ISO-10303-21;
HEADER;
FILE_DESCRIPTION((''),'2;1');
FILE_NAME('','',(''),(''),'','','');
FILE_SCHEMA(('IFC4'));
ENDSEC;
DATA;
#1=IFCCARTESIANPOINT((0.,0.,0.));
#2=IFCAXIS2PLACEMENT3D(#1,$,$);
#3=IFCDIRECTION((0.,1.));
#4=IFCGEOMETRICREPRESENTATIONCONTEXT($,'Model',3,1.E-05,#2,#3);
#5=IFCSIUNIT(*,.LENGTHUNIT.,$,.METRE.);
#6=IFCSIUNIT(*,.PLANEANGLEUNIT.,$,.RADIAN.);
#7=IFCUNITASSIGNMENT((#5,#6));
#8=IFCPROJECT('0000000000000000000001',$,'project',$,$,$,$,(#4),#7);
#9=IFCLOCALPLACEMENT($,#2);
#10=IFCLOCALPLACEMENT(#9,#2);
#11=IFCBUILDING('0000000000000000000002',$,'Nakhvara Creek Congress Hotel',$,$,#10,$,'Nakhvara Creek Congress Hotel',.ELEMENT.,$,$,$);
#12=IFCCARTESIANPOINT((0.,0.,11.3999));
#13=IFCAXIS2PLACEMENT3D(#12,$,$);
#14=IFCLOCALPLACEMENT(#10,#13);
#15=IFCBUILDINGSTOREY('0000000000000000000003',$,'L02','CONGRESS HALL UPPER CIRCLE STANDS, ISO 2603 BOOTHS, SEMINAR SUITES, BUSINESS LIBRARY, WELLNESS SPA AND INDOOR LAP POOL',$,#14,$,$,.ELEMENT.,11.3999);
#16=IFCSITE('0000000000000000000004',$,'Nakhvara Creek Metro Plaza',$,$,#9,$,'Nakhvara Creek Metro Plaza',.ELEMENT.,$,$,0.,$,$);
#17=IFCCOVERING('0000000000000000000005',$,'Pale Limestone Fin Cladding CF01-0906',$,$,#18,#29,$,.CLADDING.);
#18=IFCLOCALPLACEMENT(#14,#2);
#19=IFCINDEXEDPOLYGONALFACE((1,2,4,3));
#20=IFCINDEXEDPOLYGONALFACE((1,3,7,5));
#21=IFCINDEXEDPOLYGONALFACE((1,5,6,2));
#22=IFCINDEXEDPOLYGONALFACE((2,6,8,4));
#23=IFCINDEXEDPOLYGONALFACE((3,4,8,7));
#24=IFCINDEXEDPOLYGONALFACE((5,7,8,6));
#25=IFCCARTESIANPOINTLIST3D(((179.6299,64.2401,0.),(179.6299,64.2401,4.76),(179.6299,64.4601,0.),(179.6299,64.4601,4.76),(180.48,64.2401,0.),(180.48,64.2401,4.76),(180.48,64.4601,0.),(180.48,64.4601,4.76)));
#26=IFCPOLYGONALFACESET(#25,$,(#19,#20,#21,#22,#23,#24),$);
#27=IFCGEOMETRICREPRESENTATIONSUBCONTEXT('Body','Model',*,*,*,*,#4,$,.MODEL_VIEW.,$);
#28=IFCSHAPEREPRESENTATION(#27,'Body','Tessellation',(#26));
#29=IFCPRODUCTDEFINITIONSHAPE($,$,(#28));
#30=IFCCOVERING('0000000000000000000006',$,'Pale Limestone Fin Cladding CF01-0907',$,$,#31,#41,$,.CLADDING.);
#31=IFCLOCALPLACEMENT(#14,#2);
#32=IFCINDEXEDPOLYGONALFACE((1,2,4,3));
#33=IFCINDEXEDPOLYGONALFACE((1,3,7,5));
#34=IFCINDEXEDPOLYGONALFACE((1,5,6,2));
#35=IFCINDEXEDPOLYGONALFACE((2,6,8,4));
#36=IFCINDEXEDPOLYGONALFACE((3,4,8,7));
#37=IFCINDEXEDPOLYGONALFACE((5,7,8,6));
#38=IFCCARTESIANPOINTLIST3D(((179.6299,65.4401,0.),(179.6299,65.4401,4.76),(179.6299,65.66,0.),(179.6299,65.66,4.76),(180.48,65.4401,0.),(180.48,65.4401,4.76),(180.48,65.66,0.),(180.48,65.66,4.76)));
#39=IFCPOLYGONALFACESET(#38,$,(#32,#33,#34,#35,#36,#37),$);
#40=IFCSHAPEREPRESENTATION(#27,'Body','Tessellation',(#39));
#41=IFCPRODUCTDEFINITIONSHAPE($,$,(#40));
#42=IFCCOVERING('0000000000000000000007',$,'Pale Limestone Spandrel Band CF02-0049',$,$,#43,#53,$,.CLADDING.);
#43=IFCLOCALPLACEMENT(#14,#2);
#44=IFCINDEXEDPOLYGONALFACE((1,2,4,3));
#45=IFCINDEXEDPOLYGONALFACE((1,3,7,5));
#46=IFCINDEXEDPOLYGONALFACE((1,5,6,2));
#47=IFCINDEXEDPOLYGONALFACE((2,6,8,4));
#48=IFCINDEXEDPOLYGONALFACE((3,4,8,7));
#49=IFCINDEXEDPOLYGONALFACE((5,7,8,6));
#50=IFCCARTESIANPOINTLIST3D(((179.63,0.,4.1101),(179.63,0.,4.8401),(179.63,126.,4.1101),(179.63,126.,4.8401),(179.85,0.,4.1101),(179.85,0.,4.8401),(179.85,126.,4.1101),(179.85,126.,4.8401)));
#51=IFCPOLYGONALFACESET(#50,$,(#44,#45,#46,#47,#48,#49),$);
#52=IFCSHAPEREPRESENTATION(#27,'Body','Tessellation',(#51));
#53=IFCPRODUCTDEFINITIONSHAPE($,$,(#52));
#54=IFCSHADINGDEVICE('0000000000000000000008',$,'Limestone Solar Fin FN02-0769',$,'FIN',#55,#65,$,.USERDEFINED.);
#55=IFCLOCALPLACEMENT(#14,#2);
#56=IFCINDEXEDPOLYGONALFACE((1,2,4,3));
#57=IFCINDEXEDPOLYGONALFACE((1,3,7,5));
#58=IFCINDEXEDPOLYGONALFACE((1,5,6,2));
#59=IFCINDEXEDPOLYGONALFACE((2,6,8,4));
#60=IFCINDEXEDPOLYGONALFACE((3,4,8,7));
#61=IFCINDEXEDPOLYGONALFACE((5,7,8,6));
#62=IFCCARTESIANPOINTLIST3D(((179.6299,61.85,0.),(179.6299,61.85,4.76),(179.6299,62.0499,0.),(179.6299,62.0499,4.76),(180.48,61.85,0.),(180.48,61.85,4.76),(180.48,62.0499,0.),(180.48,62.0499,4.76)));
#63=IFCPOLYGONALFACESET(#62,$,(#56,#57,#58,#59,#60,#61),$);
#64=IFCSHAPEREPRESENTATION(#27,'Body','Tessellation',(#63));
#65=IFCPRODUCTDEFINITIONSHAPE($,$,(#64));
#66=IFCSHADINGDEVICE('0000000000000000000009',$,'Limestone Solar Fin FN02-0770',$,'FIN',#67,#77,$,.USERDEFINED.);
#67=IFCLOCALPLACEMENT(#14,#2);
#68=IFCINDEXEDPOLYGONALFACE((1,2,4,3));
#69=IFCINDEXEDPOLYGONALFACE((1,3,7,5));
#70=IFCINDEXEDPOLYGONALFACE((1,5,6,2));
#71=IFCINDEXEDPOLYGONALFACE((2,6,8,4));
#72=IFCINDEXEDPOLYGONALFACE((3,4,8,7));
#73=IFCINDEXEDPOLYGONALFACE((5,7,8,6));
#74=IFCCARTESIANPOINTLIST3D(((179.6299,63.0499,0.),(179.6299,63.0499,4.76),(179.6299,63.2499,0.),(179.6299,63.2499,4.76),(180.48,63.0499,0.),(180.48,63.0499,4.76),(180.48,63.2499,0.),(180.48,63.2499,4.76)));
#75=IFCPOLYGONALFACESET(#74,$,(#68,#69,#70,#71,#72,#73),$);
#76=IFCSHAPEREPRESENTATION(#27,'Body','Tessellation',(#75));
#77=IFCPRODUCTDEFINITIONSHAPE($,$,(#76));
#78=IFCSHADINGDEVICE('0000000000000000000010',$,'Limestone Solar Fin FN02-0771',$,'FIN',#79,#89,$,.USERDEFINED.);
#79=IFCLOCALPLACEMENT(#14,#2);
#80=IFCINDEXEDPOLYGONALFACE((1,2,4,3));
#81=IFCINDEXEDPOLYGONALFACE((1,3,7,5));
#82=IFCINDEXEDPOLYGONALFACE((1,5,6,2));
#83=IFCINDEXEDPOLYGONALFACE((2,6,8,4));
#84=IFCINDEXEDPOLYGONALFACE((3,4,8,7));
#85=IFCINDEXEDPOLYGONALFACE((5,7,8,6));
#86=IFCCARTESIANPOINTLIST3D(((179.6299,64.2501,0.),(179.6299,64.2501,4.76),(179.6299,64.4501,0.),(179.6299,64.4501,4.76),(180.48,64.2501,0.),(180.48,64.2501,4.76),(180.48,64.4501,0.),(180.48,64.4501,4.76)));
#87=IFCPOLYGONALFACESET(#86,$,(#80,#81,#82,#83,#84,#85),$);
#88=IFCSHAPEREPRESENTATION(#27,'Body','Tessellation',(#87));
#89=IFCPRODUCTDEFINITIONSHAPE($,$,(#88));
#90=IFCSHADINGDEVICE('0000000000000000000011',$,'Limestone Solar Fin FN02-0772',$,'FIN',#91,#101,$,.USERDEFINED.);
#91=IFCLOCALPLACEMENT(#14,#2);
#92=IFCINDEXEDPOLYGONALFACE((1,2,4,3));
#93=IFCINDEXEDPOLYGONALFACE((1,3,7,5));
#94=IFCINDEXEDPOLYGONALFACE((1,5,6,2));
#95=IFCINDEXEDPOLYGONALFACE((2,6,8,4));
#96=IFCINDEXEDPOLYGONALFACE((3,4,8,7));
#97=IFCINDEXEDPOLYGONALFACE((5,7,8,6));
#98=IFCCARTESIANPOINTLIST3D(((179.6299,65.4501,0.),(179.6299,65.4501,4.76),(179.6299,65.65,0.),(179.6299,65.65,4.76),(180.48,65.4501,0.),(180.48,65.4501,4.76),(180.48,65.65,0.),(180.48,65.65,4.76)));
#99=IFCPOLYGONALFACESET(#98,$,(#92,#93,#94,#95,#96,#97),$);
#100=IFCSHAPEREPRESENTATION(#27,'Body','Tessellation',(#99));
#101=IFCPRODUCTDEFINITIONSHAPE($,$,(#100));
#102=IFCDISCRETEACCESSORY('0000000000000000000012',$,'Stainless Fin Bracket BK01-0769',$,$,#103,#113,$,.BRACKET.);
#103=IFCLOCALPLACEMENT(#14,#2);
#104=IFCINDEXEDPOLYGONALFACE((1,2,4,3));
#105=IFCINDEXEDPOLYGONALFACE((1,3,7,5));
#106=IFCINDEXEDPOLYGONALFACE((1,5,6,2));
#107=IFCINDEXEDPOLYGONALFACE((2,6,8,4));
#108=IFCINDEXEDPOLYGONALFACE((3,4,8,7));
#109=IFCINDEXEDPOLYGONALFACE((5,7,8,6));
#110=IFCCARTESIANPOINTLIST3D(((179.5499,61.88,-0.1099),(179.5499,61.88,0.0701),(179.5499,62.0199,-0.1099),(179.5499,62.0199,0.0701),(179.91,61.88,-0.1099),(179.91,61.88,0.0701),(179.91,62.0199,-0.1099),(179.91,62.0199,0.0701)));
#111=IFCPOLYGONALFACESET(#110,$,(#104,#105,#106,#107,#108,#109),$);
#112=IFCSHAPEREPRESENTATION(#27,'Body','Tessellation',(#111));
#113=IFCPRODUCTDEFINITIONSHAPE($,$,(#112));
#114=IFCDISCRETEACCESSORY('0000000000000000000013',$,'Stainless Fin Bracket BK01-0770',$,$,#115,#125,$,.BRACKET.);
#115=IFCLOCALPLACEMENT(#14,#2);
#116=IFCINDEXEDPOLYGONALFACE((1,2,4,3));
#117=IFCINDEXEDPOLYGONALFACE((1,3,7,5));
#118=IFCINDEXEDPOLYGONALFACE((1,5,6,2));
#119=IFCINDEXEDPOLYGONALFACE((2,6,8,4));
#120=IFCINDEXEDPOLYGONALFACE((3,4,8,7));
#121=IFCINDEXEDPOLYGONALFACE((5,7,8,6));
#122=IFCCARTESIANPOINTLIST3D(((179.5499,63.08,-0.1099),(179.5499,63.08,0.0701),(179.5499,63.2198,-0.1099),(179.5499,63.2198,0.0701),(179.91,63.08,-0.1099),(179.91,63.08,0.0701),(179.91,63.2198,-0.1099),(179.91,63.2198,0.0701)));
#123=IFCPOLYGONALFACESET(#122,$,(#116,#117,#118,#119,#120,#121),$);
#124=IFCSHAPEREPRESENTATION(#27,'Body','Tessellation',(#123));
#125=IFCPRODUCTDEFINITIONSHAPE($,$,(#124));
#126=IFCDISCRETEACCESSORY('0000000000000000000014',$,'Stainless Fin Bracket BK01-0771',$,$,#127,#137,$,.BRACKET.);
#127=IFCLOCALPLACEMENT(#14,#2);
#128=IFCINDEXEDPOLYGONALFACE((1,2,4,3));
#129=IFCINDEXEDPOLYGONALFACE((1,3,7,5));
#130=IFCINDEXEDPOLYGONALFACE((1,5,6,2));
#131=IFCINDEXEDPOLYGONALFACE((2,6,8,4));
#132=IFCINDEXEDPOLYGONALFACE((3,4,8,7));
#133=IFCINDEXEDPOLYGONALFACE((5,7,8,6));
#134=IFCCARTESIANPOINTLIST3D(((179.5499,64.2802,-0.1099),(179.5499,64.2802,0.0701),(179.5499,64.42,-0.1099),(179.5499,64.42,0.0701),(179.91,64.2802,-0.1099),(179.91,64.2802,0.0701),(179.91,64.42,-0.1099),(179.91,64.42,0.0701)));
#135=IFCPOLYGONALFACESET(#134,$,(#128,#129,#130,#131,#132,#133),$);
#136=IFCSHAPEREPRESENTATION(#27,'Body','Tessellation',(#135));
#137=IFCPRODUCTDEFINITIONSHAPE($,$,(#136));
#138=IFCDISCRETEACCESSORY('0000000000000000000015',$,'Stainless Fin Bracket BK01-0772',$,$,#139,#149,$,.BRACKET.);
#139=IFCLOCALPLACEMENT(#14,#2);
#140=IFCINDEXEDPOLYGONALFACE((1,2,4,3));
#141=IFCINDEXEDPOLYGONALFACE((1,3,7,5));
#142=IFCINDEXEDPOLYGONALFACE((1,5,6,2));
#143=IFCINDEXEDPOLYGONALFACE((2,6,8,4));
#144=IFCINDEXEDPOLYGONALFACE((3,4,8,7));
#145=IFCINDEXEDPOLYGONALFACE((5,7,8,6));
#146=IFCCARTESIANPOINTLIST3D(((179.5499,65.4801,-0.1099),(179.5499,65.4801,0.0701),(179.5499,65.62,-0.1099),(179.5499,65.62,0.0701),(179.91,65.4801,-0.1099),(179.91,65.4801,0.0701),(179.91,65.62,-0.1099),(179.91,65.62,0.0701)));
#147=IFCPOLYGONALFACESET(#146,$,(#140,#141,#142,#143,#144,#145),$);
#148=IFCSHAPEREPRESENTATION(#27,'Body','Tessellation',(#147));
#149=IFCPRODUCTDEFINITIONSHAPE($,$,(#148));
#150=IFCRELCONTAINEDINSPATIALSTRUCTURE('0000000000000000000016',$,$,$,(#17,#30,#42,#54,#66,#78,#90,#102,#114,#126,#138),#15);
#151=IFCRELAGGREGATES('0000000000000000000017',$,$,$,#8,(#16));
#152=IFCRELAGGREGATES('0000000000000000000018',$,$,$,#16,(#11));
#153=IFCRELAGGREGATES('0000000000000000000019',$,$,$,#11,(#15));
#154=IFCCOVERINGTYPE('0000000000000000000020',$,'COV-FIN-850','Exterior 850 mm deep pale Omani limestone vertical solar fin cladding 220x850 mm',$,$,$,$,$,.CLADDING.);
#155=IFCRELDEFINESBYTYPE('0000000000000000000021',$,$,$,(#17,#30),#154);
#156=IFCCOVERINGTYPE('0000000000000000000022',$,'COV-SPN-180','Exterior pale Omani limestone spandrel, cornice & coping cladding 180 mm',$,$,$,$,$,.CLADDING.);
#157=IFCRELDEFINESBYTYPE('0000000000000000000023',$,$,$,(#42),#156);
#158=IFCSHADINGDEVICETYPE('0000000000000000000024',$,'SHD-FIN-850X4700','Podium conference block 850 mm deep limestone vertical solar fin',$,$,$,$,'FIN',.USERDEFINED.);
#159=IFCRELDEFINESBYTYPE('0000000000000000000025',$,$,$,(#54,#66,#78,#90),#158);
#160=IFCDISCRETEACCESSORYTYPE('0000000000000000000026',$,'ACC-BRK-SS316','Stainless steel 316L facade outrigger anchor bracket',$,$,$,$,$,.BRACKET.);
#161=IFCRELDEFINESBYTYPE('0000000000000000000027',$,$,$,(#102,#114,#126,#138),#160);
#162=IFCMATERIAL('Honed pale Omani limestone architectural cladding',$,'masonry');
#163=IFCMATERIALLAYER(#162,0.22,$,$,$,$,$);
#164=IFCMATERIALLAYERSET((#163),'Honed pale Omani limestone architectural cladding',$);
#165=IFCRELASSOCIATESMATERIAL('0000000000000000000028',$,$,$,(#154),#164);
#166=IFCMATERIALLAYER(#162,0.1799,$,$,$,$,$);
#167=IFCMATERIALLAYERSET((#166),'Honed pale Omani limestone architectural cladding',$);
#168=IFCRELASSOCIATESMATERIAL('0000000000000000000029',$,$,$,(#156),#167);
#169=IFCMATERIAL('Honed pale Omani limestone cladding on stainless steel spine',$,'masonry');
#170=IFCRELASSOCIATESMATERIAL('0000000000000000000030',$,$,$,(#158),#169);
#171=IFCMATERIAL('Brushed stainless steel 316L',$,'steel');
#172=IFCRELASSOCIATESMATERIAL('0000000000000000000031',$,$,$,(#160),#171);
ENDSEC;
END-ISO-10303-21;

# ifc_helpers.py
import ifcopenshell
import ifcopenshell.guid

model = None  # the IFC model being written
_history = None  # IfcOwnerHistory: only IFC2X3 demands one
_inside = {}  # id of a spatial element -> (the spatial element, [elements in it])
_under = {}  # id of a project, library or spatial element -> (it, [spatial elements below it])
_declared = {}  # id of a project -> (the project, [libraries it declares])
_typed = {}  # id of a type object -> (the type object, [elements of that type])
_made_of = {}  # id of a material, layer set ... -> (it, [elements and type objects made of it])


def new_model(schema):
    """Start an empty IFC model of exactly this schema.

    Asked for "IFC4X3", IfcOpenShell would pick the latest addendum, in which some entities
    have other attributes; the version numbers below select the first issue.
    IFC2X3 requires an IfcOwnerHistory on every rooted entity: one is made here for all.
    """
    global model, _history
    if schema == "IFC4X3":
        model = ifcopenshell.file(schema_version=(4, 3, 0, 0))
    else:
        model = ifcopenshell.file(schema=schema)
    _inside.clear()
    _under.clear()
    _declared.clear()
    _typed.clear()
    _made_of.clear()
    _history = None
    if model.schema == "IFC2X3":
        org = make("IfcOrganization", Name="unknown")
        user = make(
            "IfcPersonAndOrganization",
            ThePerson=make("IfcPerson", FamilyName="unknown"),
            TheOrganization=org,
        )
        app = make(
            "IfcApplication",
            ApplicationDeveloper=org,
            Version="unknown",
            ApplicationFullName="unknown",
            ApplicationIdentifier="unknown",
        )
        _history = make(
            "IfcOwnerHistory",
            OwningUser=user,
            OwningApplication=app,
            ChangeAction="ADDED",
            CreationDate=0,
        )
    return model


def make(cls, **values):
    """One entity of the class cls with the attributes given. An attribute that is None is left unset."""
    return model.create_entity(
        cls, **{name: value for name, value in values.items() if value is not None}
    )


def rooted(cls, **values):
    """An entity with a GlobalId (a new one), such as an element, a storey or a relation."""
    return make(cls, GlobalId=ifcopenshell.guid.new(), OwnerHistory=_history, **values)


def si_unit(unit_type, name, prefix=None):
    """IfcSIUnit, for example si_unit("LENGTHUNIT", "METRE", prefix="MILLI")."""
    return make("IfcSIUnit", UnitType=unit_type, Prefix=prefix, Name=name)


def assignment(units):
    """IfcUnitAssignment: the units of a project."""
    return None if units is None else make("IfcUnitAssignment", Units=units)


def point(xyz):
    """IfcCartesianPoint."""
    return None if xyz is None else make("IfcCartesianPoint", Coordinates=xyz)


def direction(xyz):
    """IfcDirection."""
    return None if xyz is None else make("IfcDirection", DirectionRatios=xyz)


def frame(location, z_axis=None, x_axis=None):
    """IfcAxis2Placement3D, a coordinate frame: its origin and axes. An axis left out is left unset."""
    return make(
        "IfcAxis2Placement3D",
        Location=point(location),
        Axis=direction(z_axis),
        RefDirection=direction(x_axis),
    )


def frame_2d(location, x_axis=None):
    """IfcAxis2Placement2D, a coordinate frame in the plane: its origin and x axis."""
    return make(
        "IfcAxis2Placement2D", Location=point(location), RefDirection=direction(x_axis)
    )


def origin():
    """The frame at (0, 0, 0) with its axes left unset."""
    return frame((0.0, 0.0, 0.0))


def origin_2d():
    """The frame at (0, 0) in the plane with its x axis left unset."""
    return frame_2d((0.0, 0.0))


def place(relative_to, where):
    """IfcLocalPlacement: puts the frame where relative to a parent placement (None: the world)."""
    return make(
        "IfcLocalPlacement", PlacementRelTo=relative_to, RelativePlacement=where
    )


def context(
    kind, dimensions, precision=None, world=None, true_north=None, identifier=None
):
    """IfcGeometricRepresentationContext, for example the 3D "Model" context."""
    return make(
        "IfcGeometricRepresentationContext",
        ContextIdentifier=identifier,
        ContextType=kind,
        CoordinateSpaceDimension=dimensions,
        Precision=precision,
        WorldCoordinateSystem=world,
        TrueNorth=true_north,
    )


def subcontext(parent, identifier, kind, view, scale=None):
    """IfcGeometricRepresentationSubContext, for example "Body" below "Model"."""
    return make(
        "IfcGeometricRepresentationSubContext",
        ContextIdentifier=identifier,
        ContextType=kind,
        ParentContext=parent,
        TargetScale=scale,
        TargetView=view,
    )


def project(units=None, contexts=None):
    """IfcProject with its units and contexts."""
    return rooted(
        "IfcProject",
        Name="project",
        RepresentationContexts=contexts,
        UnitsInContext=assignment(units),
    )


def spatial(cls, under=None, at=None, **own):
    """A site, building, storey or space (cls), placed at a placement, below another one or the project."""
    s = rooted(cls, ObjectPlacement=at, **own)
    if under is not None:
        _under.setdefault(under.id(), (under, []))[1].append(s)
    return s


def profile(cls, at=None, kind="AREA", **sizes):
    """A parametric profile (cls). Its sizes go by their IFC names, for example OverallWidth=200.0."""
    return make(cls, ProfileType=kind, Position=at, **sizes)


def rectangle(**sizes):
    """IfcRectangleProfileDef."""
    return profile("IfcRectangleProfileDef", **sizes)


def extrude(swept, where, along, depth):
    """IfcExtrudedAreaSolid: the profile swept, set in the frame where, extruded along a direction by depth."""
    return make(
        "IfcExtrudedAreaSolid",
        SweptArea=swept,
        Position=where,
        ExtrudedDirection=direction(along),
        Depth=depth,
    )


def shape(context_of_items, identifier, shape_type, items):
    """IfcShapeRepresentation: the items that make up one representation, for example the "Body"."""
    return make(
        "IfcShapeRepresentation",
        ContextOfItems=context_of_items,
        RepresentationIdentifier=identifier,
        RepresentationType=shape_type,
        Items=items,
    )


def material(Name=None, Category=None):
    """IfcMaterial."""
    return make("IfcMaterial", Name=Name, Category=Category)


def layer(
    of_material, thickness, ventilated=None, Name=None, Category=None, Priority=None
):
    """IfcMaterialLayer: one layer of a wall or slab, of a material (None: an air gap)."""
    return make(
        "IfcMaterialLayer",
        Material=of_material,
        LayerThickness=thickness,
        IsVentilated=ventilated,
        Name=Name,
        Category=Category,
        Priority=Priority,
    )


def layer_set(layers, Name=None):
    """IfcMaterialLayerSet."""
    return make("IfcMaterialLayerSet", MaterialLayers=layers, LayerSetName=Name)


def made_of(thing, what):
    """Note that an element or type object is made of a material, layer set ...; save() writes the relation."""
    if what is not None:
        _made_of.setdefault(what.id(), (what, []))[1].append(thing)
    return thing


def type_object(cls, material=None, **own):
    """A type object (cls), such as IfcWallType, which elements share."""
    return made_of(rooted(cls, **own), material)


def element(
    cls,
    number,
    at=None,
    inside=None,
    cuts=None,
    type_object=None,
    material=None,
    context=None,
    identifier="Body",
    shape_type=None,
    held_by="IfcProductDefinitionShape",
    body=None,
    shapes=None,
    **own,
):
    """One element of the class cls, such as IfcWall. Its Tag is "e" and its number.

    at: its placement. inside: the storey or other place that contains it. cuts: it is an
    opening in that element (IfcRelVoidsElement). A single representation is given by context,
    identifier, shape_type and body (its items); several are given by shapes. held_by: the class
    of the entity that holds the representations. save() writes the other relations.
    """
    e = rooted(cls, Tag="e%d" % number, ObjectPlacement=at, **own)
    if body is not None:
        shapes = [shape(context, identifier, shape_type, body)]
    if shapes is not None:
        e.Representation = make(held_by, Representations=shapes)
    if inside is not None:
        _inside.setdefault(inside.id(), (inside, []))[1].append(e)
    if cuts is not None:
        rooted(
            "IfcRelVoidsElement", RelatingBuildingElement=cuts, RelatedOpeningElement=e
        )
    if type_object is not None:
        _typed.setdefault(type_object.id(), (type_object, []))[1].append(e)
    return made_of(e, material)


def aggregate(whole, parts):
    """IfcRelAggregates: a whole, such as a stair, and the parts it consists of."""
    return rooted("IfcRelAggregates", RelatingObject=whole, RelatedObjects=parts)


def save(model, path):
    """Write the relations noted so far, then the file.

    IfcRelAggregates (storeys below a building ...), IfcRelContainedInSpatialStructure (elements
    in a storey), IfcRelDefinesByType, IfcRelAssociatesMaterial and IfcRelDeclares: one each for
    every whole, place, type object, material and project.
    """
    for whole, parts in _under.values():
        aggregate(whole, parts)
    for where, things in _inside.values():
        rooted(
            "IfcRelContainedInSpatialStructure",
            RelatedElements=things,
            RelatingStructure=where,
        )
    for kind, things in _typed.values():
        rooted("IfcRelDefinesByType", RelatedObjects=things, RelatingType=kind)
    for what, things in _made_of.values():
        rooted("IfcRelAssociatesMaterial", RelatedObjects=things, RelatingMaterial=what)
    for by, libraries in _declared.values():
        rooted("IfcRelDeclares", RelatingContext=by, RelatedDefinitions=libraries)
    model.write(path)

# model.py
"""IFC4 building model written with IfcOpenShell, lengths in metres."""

from ifc_helpers import new_model, si_unit, direction, frame, origin, origin_2d, place, context, subcontext, project, spatial, rectangle, extrude, material, layer, layer_set, type_object, element, save


model = new_model("IFC4")

# Units and contexts
model_context = context("Model", 3, precision=1e-05, world=origin(), true_north=direction((0.0, 1.0)))
body_context = subcontext(model_context, "Body", "Model", "MODEL_VIEW")
ifc_project = project(units=[si_unit("LENGTHUNIT", "METRE"), si_unit("PLANEANGLEUNIT", "RADIAN")], contexts=[model_context])

# Site, building, storey
site_placement = place(None, origin())
site = spatial("IfcSite", under=ifc_project, at=site_placement, Name="Nakhvara Creek Metro Plaza", LongName="Nakhvara Creek Metro Plaza", CompositionType="ELEMENT", RefElevation=0.0)
building_placement = place(site_placement, origin())
building = spatial("IfcBuilding", under=site, at=building_placement, Name="Nakhvara Creek Congress Hotel", LongName="Nakhvara Creek Congress Hotel", CompositionType="ELEMENT")
storey_placement = place(building_placement, frame((0.0, 0.0, 11.3999)))
storey = spatial("IfcBuildingStorey", under=building, at=storey_placement, Name="L02", Description="CONGRESS HALL UPPER CIRCLE STANDS, ISO 2603 BOOTHS, SEMINAR SUITES, BUSINESS LIBRARY, WELLNESS SPA AND INDOOR LAP POOL", CompositionType="ELEMENT", Elevation=11.3999)

# Coverings
ifc_material_1 = material(Name="Honed pale Omani limestone architectural cladding", Category="masonry")
ifc_layer_1 = layer(ifc_material_1, 0.22)
ifc_layer_set_1 = layer_set([ifc_layer_1], Name="Honed pale Omani limestone architectural cladding")
covering_type_1 = type_object("IfcCoveringType", Name="COV-FIN-850", Description="Exterior 850 mm deep pale Omani limestone vertical solar fin cladding 220x850 mm", PredefinedType="CLADDING", material=ifc_layer_set_1)
for number, where, z_axis, x_axis, name in (
    (1, (180.0549, 64.3501, 0.0), (0.0, 0.0, 1.0), (0.0, 1.0, 0.0), "Pale Limestone Fin Cladding CF01-0906"),
    (2, (180.0549, 65.55, 0.0), (0.0, 0.0, 1.0), (0.0, 1.0, 0.0), "Pale Limestone Fin Cladding CF01-0907"),
):
    element("IfcCovering", number, at=place(storey_placement, frame(where, z_axis=z_axis, x_axis=x_axis)), inside=storey, type_object=covering_type_1, Name=name, PredefinedType="CLADDING", context=body_context, shape_type="SweptSolid", body=[
        extrude(rectangle(XDim=0.22, YDim=0.8501, at=origin_2d()), origin(), (0.0, 0.0, 1.0), 4.76),
    ])
ifc_layer_2 = layer(ifc_material_1, 0.1799)
ifc_layer_set_2 = layer_set([ifc_layer_2], Name="Honed pale Omani limestone architectural cladding")
covering_type_2 = type_object("IfcCoveringType", Name="COV-SPN-180", Description="Exterior pale Omani limestone spandrel, cornice & coping cladding 180 mm", PredefinedType="CLADDING", material=ifc_layer_set_2)
covering_placement = place(storey_placement, frame((179.74, 63.0, 4.1101), z_axis=(0.0, 0.0, 1.0), x_axis=(0.0, 1.0, 0.0)))
element("IfcCovering", 3, at=covering_placement, inside=storey, type_object=covering_type_2, Name="Pale Limestone Spandrel Band CF02-0049", PredefinedType="CLADDING", context=body_context, shape_type="SweptSolid", body=[
    extrude(rectangle(XDim=126.0, YDim=0.22, at=origin_2d()), origin(), (0.0, 0.0, 1.0), 0.73),
])

# Shading devices
ifc_material_2 = material(Name="Honed pale Omani limestone cladding on stainless steel spine", Category="masonry")
shading_device_type = type_object("IfcShadingDeviceType", Name="SHD-FIN-850X4700", Description="Podium conference block 850 mm deep limestone vertical solar fin", ElementType="FIN", PredefinedType="USERDEFINED", material=ifc_material_2)
for number, where, z_axis, x_axis, name in (
    (4, (180.0549, 61.95, 0.0), (0.0, 0.0, 1.0), (0.0, 1.0, 0.0), "Limestone Solar Fin FN02-0769"),
    (5, (180.0549, 63.1499, 0.0), (0.0, 0.0, 1.0), (0.0, 1.0, 0.0), "Limestone Solar Fin FN02-0770"),
    (6, (180.0549, 64.3501, 0.0), (0.0, 0.0, 1.0), (0.0, 1.0, 0.0), "Limestone Solar Fin FN02-0771"),
    (7, (180.0549, 65.55, 0.0), (0.0, 0.0, 1.0), (0.0, 1.0, 0.0), "Limestone Solar Fin FN02-0772"),
):
    element("IfcShadingDevice", number, at=place(storey_placement, frame(where, z_axis=z_axis, x_axis=x_axis)), inside=storey, type_object=shading_device_type, Name=name, ObjectType="FIN", PredefinedType="USERDEFINED", context=body_context, shape_type="SweptSolid", body=[
        extrude(rectangle(XDim=0.2, YDim=0.8501, at=origin_2d()), origin(), (0.0, 0.0, 1.0), 4.76),
    ])

# Discrete accessories
ifc_material_3 = material(Name="Brushed stainless steel 316L", Category="steel")
discrete_accessory_type = type_object("IfcDiscreteAccessoryType", Name="ACC-BRK-SS316", Description="Stainless steel 316L facade outrigger anchor bracket", PredefinedType="BRACKET", material=ifc_material_3)
for number, where, z_axis, x_axis, name in (
    (8, (179.73, 61.95, -0.1099), (0.0, 0.0, 1.0), (0.0, 1.0, 0.0), "Stainless Fin Bracket BK01-0769"),
    (9, (179.73, 63.1499, -0.1099), (0.0, 0.0, 1.0), (0.0, 1.0, 0.0), "Stainless Fin Bracket BK01-0770"),
    (10, (179.73, 64.3501, -0.1099), (0.0, 0.0, 1.0), (0.0, 1.0, 0.0), "Stainless Fin Bracket BK01-0771"),
    (11, (179.73, 65.55, -0.1099), (0.0, 0.0, 1.0), (0.0, 1.0, 0.0), "Stainless Fin Bracket BK01-0772"),
):
    element("IfcDiscreteAccessory", number, at=place(storey_placement, frame(where, z_axis=z_axis, x_axis=x_axis)), inside=storey, type_object=discrete_accessory_type, Name=name, PredefinedType="BRACKET", context=body_context, shape_type="SweptSolid", body=[
        extrude(rectangle(XDim=0.1399, YDim=0.3601, at=origin_2d()), origin(), (0.0, 0.0, 1.0), 0.1799),
    ])

save(model, "model.ifc")
